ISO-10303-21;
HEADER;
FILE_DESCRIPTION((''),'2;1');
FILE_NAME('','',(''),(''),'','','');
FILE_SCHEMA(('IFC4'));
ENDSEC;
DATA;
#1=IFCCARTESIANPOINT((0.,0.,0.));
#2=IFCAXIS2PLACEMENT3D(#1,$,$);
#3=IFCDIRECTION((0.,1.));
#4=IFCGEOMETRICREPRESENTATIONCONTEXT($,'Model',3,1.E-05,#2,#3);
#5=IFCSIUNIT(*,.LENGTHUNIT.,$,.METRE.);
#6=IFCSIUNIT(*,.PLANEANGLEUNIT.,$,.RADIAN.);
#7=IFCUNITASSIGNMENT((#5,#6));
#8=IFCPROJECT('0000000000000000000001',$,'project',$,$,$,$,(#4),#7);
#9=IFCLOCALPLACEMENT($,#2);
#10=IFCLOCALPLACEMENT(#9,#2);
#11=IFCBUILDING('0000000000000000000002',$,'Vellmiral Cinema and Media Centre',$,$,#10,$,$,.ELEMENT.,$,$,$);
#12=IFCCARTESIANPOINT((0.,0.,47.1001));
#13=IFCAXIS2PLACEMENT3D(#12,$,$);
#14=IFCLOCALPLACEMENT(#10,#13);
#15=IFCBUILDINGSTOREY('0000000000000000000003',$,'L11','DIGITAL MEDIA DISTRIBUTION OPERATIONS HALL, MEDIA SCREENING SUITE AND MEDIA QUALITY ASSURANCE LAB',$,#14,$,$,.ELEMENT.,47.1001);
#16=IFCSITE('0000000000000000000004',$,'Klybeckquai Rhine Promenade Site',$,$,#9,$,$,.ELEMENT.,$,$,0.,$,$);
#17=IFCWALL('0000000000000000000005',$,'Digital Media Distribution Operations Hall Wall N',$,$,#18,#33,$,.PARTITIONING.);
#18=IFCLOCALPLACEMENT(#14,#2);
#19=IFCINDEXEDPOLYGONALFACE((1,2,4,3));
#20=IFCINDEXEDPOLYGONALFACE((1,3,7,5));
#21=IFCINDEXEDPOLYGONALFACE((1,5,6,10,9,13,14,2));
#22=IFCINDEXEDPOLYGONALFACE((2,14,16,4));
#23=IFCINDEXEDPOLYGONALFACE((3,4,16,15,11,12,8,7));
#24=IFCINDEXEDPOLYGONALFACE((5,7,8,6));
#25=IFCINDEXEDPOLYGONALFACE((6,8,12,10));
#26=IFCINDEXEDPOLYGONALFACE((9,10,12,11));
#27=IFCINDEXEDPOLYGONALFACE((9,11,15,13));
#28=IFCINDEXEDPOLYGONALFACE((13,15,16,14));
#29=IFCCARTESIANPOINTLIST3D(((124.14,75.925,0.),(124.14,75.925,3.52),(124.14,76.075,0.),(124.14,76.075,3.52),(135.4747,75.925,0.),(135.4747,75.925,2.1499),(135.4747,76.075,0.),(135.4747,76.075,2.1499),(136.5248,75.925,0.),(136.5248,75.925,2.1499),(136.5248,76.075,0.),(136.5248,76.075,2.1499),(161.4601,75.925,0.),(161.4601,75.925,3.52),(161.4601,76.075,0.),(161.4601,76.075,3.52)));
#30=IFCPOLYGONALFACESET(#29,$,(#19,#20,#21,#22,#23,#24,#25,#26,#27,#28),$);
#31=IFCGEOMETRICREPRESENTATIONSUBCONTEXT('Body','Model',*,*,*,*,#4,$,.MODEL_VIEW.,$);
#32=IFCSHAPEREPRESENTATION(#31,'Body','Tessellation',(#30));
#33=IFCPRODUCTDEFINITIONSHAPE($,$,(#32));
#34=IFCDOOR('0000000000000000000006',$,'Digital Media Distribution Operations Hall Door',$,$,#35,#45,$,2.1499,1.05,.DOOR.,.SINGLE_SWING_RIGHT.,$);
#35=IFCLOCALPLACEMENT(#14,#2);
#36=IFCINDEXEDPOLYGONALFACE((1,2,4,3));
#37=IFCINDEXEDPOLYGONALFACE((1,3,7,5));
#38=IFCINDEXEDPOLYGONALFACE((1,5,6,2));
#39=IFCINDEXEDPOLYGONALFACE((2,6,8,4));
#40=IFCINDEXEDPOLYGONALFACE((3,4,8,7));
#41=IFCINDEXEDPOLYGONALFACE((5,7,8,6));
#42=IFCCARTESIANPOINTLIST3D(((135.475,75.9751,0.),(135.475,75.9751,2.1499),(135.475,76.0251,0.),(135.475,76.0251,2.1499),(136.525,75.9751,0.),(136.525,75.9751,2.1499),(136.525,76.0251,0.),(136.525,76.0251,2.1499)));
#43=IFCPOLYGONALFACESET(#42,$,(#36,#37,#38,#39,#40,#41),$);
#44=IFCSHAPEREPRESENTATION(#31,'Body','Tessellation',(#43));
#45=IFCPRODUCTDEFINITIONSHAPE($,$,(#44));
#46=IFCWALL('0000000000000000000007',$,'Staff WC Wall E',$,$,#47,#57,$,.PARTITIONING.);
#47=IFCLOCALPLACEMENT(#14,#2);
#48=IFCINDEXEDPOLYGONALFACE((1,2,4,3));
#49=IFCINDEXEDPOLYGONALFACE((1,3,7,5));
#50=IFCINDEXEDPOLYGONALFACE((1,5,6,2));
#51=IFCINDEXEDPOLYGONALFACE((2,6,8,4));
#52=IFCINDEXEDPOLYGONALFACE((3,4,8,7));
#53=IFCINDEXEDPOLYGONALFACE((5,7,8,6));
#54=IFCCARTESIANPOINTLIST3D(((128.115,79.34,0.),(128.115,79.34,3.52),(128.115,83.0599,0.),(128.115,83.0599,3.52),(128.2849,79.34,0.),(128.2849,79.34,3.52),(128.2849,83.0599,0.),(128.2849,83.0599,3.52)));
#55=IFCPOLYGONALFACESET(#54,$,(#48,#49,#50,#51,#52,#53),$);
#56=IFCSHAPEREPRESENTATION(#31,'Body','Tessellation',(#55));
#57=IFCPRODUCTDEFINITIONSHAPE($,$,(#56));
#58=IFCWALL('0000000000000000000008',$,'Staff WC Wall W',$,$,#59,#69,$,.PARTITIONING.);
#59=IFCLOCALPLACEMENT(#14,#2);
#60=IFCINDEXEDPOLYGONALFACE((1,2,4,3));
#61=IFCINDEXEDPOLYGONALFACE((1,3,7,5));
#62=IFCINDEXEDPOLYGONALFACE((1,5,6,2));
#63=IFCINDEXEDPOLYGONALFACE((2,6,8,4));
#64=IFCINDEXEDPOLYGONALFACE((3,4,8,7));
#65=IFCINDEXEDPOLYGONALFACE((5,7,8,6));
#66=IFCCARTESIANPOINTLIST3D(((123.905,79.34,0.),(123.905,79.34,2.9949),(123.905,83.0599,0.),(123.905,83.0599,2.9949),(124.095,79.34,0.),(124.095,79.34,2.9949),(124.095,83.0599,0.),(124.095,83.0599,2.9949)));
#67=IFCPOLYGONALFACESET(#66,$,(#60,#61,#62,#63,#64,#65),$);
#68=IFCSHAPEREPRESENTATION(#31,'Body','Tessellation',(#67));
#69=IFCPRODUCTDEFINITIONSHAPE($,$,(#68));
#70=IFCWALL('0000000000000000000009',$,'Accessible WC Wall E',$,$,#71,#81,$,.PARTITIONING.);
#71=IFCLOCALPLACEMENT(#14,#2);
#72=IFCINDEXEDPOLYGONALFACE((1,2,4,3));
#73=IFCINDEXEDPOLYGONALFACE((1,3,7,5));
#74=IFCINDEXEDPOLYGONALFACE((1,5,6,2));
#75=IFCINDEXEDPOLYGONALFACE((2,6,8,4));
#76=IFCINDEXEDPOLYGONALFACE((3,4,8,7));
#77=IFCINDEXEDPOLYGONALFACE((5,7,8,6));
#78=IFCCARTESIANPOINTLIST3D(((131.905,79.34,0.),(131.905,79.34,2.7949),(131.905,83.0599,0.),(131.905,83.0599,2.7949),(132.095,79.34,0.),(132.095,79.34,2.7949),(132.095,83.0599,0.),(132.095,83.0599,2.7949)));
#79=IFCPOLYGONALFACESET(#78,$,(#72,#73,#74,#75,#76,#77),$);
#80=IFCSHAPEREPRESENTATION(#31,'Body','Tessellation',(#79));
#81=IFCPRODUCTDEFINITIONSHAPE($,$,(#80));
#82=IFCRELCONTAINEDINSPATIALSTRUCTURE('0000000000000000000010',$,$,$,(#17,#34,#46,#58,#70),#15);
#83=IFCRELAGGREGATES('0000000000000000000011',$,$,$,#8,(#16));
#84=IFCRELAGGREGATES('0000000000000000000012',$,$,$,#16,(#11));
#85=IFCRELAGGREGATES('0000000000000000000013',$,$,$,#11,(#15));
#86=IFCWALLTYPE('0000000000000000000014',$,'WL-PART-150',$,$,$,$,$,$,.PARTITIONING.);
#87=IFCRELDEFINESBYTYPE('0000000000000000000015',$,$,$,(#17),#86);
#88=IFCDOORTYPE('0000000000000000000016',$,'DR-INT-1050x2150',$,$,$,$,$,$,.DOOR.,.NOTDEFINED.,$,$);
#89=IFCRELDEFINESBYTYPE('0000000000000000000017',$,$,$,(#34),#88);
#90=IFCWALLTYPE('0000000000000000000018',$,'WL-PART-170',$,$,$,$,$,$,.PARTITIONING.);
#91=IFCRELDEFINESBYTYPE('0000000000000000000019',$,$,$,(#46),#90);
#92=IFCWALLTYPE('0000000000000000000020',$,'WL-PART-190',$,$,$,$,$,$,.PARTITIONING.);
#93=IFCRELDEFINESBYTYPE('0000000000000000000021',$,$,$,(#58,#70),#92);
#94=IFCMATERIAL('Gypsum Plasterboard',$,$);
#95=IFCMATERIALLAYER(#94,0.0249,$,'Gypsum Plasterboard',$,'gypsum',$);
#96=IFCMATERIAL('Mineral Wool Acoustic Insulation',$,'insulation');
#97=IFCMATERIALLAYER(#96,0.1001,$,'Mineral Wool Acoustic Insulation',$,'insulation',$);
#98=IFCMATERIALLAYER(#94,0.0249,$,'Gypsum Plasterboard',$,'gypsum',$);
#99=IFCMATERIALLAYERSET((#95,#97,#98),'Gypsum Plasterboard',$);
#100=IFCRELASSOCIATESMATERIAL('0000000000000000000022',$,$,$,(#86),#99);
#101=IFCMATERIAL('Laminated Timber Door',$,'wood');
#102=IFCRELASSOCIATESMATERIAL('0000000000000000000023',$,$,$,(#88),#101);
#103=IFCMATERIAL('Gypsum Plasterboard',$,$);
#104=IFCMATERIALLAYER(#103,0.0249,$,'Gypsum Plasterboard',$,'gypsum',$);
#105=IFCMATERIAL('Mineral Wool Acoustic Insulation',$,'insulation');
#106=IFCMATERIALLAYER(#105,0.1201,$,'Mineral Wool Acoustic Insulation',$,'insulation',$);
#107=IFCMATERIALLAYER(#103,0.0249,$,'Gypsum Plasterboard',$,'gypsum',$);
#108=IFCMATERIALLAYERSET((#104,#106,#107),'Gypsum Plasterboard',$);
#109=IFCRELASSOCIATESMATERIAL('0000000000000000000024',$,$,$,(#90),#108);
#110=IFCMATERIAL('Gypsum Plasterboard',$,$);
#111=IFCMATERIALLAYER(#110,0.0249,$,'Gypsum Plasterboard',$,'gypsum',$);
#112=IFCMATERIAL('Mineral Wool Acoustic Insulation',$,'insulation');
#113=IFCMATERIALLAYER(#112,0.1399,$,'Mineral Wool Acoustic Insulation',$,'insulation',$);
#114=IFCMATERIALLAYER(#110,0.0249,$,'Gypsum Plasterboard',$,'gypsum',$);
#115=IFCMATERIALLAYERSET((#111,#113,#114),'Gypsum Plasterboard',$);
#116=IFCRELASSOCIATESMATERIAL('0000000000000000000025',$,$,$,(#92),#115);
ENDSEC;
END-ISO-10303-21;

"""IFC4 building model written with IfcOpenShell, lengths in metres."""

from ifc_helpers import new_model, si_unit, direction, frame, frame_2d, origin, place, context, subcontext, project, spatial, rectangle, extrude, material, layer, layer_set, type_object, element, fill, save


model = new_model("IFC4")

# Units and contexts
model_context = context("Model", 3, precision=1e-05, world=origin(), true_north=direction((0.0, 1.0)))
body_context = subcontext(model_context, "Body", "Model", "MODEL_VIEW")
ifc_project = project(units=[si_unit("LENGTHUNIT", "METRE"), si_unit("PLANEANGLEUNIT", "RADIAN")], contexts=[model_context])

# Site, building, storey
site_placement = place(None, origin())
site = spatial("IfcSite", under=ifc_project, at=site_placement, Name="Klybeckquai Rhine Promenade Site", CompositionType="ELEMENT", RefElevation=0.0)
building_placement = place(site_placement, origin())
building = spatial("IfcBuilding", under=site, at=building_placement, Name="Vellmiral Cinema and Media Centre", CompositionType="ELEMENT")
storey_placement = place(building_placement, frame((0.0, 0.0, 47.1001)))
storey = spatial("IfcBuildingStorey", under=building, at=storey_placement, Name="L11", Description="DIGITAL MEDIA DISTRIBUTION OPERATIONS HALL, MEDIA SCREENING SUITE AND MEDIA QUALITY ASSURANCE LAB", CompositionType="ELEMENT", Elevation=47.1001)

# Wall, opening, door
ifc_material_1 = material(Name="Gypsum Plasterboard")
ifc_layer_1 = layer(ifc_material_1, 0.0249, Name="Gypsum Plasterboard", Category="gypsum")
ifc_material_2 = material(Name="Mineral Wool Acoustic Insulation", Category="insulation")
ifc_layer_2 = layer(ifc_material_2, 0.1001, Name="Mineral Wool Acoustic Insulation", Category="insulation")
ifc_layer_3 = layer(ifc_material_1, 0.0249, Name="Gypsum Plasterboard", Category="gypsum")
ifc_layer_set_1 = layer_set([ifc_layer_1, ifc_layer_2, ifc_layer_3], Name="Gypsum Plasterboard")
wall_type_1 = type_object("IfcWallType", Name="WL-PART-150", PredefinedType="PARTITIONING", material=ifc_layer_set_1)
wall_1_placement = place(storey_placement, frame((124.1399, 76.0, 0.0), z_axis=(0.0, 0.0, 1.0), x_axis=(1.0, 0.0, 0.0)))
wall_1 = element("IfcWall", 1, at=wall_1_placement, inside=storey, type_object=wall_type_1, Name="Digital Media Distribution Operations Hall Wall N", PredefinedType="PARTITIONING", context=body_context, shape_type="SweptSolid", body=[
    extrude(rectangle(XDim=37.3201, YDim=0.1499, at=frame_2d((18.6602, 0.0))), origin(), (0.0, 0.0, 1.0), 3.52),
])
opening_1_placement = place(wall_1_placement, frame((11.335, 0.0, 0.0)))
opening_1 = element("IfcOpeningElement", 2, at=opening_1_placement, cuts=wall_1, PredefinedType="OPENING", context=body_context, shape_type="SweptSolid", body=[
    extrude(rectangle(XDim=1.05, YDim=2.1499, at=frame_2d((0.5249, 1.075))), frame((0.0, 0.0869, 0.0), z_axis=(0.0, -1.0, 0.0), x_axis=(1.0, 0.0, 0.0)), (0.0, 0.0, 1.0), 0.1738),
])
ifc_material_3 = material(Name="Laminated Timber Door", Category="wood")
door_type_1 = type_object("IfcDoorType", Name="DR-INT-1050x2150", OperationType="NOTDEFINED", PredefinedType="DOOR", material=ifc_material_3)
door_1_placement = place(opening_1_placement, frame((1.05, 0.0, 0.0), z_axis=(0.0, 0.0, 1.0), x_axis=(-1.0, 0.0, 0.0)))
door_1 = element("IfcDoor", 3, at=door_1_placement, inside=storey, type_object=door_type_1, Name="Digital Media Distribution Operations Hall Door", OperationType="SINGLE_SWING_RIGHT", OverallHeight=2.1499, OverallWidth=1.05, PredefinedType="DOOR", context=body_context, shape_type="SweptSolid", body=[
    extrude(rectangle(XDim=1.05, YDim=2.1499, at=frame_2d((0.5249, 1.075))), frame((0.0, 0.0249, 0.0), z_axis=(0.0, -1.0, 0.0), x_axis=(1.0, 0.0, 0.0)), (0.0, 0.0, 1.0), 0.05),
])
fill(opening_1, door_1)

# Walls
ifc_material_4 = material(Name="Gypsum Plasterboard")
ifc_layer_4 = layer(ifc_material_4, 0.0249, Name="Gypsum Plasterboard", Category="gypsum")
ifc_material_5 = material(Name="Mineral Wool Acoustic Insulation", Category="insulation")
ifc_layer_5 = layer(ifc_material_5, 0.1201, Name="Mineral Wool Acoustic Insulation", Category="insulation")
ifc_layer_6 = layer(ifc_material_4, 0.0249, Name="Gypsum Plasterboard", Category="gypsum")
ifc_layer_set_2 = layer_set([ifc_layer_4, ifc_layer_5, ifc_layer_6], Name="Gypsum Plasterboard")
wall_type_2 = type_object("IfcWallType", Name="WL-PART-170", PredefinedType="PARTITIONING", material=ifc_layer_set_2)
wall_2_placement = place(storey_placement, frame((128.2, 79.3401, 0.0), z_axis=(0.0, 0.0, 1.0), x_axis=(0.0, 1.0, 0.0)))
element("IfcWall", 4, at=wall_2_placement, inside=storey, type_object=wall_type_2, Name="Staff WC Wall E", PredefinedType="PARTITIONING", context=body_context, shape_type="SweptSolid", body=[
    extrude(rectangle(XDim=3.72, YDim=0.1699, at=frame_2d((1.8599, 0.0))), origin(), (0.0, 0.0, 1.0), 3.52),
])
ifc_material_6 = material(Name="Gypsum Plasterboard")
ifc_layer_7 = layer(ifc_material_6, 0.0249, Name="Gypsum Plasterboard", Category="gypsum")
ifc_material_7 = material(Name="Mineral Wool Acoustic Insulation", Category="insulation")
ifc_layer_8 = layer(ifc_material_7, 0.1399, Name="Mineral Wool Acoustic Insulation", Category="insulation")
ifc_layer_9 = layer(ifc_material_6, 0.0249, Name="Gypsum Plasterboard", Category="gypsum")
ifc_layer_set_3 = layer_set([ifc_layer_7, ifc_layer_8, ifc_layer_9], Name="Gypsum Plasterboard")
wall_type_3 = type_object("IfcWallType", Name="WL-PART-190", PredefinedType="PARTITIONING", material=ifc_layer_set_3)
wall_3_placement = place(storey_placement, frame((124.0, 79.3401, 0.0), z_axis=(0.0, 0.0, 1.0), x_axis=(0.0, 1.0, 0.0)))
element("IfcWall", 5, at=wall_3_placement, inside=storey, type_object=wall_type_3, Name="Staff WC Wall W", PredefinedType="PARTITIONING", context=body_context, shape_type="SweptSolid", body=[
    extrude(rectangle(XDim=3.72, YDim=0.1899, at=frame_2d((1.8599, 0.0))), origin(), (0.0, 0.0, 1.0), 2.9949),
])
wall_4_placement = place(storey_placement, frame((132.0, 79.3401, 0.0), z_axis=(0.0, 0.0, 1.0), x_axis=(0.0, 1.0, 0.0)))
element("IfcWall", 6, at=wall_4_placement, inside=storey, type_object=wall_type_3, Name="Accessible WC Wall E", PredefinedType="PARTITIONING", context=body_context, shape_type="SweptSolid", body=[
    extrude(rectangle(XDim=3.72, YDim=0.1899, at=frame_2d((1.8599, 0.0))), origin(), (0.0, 0.0, 1.0), 2.7949),
])

save(model, "model.ifc")
